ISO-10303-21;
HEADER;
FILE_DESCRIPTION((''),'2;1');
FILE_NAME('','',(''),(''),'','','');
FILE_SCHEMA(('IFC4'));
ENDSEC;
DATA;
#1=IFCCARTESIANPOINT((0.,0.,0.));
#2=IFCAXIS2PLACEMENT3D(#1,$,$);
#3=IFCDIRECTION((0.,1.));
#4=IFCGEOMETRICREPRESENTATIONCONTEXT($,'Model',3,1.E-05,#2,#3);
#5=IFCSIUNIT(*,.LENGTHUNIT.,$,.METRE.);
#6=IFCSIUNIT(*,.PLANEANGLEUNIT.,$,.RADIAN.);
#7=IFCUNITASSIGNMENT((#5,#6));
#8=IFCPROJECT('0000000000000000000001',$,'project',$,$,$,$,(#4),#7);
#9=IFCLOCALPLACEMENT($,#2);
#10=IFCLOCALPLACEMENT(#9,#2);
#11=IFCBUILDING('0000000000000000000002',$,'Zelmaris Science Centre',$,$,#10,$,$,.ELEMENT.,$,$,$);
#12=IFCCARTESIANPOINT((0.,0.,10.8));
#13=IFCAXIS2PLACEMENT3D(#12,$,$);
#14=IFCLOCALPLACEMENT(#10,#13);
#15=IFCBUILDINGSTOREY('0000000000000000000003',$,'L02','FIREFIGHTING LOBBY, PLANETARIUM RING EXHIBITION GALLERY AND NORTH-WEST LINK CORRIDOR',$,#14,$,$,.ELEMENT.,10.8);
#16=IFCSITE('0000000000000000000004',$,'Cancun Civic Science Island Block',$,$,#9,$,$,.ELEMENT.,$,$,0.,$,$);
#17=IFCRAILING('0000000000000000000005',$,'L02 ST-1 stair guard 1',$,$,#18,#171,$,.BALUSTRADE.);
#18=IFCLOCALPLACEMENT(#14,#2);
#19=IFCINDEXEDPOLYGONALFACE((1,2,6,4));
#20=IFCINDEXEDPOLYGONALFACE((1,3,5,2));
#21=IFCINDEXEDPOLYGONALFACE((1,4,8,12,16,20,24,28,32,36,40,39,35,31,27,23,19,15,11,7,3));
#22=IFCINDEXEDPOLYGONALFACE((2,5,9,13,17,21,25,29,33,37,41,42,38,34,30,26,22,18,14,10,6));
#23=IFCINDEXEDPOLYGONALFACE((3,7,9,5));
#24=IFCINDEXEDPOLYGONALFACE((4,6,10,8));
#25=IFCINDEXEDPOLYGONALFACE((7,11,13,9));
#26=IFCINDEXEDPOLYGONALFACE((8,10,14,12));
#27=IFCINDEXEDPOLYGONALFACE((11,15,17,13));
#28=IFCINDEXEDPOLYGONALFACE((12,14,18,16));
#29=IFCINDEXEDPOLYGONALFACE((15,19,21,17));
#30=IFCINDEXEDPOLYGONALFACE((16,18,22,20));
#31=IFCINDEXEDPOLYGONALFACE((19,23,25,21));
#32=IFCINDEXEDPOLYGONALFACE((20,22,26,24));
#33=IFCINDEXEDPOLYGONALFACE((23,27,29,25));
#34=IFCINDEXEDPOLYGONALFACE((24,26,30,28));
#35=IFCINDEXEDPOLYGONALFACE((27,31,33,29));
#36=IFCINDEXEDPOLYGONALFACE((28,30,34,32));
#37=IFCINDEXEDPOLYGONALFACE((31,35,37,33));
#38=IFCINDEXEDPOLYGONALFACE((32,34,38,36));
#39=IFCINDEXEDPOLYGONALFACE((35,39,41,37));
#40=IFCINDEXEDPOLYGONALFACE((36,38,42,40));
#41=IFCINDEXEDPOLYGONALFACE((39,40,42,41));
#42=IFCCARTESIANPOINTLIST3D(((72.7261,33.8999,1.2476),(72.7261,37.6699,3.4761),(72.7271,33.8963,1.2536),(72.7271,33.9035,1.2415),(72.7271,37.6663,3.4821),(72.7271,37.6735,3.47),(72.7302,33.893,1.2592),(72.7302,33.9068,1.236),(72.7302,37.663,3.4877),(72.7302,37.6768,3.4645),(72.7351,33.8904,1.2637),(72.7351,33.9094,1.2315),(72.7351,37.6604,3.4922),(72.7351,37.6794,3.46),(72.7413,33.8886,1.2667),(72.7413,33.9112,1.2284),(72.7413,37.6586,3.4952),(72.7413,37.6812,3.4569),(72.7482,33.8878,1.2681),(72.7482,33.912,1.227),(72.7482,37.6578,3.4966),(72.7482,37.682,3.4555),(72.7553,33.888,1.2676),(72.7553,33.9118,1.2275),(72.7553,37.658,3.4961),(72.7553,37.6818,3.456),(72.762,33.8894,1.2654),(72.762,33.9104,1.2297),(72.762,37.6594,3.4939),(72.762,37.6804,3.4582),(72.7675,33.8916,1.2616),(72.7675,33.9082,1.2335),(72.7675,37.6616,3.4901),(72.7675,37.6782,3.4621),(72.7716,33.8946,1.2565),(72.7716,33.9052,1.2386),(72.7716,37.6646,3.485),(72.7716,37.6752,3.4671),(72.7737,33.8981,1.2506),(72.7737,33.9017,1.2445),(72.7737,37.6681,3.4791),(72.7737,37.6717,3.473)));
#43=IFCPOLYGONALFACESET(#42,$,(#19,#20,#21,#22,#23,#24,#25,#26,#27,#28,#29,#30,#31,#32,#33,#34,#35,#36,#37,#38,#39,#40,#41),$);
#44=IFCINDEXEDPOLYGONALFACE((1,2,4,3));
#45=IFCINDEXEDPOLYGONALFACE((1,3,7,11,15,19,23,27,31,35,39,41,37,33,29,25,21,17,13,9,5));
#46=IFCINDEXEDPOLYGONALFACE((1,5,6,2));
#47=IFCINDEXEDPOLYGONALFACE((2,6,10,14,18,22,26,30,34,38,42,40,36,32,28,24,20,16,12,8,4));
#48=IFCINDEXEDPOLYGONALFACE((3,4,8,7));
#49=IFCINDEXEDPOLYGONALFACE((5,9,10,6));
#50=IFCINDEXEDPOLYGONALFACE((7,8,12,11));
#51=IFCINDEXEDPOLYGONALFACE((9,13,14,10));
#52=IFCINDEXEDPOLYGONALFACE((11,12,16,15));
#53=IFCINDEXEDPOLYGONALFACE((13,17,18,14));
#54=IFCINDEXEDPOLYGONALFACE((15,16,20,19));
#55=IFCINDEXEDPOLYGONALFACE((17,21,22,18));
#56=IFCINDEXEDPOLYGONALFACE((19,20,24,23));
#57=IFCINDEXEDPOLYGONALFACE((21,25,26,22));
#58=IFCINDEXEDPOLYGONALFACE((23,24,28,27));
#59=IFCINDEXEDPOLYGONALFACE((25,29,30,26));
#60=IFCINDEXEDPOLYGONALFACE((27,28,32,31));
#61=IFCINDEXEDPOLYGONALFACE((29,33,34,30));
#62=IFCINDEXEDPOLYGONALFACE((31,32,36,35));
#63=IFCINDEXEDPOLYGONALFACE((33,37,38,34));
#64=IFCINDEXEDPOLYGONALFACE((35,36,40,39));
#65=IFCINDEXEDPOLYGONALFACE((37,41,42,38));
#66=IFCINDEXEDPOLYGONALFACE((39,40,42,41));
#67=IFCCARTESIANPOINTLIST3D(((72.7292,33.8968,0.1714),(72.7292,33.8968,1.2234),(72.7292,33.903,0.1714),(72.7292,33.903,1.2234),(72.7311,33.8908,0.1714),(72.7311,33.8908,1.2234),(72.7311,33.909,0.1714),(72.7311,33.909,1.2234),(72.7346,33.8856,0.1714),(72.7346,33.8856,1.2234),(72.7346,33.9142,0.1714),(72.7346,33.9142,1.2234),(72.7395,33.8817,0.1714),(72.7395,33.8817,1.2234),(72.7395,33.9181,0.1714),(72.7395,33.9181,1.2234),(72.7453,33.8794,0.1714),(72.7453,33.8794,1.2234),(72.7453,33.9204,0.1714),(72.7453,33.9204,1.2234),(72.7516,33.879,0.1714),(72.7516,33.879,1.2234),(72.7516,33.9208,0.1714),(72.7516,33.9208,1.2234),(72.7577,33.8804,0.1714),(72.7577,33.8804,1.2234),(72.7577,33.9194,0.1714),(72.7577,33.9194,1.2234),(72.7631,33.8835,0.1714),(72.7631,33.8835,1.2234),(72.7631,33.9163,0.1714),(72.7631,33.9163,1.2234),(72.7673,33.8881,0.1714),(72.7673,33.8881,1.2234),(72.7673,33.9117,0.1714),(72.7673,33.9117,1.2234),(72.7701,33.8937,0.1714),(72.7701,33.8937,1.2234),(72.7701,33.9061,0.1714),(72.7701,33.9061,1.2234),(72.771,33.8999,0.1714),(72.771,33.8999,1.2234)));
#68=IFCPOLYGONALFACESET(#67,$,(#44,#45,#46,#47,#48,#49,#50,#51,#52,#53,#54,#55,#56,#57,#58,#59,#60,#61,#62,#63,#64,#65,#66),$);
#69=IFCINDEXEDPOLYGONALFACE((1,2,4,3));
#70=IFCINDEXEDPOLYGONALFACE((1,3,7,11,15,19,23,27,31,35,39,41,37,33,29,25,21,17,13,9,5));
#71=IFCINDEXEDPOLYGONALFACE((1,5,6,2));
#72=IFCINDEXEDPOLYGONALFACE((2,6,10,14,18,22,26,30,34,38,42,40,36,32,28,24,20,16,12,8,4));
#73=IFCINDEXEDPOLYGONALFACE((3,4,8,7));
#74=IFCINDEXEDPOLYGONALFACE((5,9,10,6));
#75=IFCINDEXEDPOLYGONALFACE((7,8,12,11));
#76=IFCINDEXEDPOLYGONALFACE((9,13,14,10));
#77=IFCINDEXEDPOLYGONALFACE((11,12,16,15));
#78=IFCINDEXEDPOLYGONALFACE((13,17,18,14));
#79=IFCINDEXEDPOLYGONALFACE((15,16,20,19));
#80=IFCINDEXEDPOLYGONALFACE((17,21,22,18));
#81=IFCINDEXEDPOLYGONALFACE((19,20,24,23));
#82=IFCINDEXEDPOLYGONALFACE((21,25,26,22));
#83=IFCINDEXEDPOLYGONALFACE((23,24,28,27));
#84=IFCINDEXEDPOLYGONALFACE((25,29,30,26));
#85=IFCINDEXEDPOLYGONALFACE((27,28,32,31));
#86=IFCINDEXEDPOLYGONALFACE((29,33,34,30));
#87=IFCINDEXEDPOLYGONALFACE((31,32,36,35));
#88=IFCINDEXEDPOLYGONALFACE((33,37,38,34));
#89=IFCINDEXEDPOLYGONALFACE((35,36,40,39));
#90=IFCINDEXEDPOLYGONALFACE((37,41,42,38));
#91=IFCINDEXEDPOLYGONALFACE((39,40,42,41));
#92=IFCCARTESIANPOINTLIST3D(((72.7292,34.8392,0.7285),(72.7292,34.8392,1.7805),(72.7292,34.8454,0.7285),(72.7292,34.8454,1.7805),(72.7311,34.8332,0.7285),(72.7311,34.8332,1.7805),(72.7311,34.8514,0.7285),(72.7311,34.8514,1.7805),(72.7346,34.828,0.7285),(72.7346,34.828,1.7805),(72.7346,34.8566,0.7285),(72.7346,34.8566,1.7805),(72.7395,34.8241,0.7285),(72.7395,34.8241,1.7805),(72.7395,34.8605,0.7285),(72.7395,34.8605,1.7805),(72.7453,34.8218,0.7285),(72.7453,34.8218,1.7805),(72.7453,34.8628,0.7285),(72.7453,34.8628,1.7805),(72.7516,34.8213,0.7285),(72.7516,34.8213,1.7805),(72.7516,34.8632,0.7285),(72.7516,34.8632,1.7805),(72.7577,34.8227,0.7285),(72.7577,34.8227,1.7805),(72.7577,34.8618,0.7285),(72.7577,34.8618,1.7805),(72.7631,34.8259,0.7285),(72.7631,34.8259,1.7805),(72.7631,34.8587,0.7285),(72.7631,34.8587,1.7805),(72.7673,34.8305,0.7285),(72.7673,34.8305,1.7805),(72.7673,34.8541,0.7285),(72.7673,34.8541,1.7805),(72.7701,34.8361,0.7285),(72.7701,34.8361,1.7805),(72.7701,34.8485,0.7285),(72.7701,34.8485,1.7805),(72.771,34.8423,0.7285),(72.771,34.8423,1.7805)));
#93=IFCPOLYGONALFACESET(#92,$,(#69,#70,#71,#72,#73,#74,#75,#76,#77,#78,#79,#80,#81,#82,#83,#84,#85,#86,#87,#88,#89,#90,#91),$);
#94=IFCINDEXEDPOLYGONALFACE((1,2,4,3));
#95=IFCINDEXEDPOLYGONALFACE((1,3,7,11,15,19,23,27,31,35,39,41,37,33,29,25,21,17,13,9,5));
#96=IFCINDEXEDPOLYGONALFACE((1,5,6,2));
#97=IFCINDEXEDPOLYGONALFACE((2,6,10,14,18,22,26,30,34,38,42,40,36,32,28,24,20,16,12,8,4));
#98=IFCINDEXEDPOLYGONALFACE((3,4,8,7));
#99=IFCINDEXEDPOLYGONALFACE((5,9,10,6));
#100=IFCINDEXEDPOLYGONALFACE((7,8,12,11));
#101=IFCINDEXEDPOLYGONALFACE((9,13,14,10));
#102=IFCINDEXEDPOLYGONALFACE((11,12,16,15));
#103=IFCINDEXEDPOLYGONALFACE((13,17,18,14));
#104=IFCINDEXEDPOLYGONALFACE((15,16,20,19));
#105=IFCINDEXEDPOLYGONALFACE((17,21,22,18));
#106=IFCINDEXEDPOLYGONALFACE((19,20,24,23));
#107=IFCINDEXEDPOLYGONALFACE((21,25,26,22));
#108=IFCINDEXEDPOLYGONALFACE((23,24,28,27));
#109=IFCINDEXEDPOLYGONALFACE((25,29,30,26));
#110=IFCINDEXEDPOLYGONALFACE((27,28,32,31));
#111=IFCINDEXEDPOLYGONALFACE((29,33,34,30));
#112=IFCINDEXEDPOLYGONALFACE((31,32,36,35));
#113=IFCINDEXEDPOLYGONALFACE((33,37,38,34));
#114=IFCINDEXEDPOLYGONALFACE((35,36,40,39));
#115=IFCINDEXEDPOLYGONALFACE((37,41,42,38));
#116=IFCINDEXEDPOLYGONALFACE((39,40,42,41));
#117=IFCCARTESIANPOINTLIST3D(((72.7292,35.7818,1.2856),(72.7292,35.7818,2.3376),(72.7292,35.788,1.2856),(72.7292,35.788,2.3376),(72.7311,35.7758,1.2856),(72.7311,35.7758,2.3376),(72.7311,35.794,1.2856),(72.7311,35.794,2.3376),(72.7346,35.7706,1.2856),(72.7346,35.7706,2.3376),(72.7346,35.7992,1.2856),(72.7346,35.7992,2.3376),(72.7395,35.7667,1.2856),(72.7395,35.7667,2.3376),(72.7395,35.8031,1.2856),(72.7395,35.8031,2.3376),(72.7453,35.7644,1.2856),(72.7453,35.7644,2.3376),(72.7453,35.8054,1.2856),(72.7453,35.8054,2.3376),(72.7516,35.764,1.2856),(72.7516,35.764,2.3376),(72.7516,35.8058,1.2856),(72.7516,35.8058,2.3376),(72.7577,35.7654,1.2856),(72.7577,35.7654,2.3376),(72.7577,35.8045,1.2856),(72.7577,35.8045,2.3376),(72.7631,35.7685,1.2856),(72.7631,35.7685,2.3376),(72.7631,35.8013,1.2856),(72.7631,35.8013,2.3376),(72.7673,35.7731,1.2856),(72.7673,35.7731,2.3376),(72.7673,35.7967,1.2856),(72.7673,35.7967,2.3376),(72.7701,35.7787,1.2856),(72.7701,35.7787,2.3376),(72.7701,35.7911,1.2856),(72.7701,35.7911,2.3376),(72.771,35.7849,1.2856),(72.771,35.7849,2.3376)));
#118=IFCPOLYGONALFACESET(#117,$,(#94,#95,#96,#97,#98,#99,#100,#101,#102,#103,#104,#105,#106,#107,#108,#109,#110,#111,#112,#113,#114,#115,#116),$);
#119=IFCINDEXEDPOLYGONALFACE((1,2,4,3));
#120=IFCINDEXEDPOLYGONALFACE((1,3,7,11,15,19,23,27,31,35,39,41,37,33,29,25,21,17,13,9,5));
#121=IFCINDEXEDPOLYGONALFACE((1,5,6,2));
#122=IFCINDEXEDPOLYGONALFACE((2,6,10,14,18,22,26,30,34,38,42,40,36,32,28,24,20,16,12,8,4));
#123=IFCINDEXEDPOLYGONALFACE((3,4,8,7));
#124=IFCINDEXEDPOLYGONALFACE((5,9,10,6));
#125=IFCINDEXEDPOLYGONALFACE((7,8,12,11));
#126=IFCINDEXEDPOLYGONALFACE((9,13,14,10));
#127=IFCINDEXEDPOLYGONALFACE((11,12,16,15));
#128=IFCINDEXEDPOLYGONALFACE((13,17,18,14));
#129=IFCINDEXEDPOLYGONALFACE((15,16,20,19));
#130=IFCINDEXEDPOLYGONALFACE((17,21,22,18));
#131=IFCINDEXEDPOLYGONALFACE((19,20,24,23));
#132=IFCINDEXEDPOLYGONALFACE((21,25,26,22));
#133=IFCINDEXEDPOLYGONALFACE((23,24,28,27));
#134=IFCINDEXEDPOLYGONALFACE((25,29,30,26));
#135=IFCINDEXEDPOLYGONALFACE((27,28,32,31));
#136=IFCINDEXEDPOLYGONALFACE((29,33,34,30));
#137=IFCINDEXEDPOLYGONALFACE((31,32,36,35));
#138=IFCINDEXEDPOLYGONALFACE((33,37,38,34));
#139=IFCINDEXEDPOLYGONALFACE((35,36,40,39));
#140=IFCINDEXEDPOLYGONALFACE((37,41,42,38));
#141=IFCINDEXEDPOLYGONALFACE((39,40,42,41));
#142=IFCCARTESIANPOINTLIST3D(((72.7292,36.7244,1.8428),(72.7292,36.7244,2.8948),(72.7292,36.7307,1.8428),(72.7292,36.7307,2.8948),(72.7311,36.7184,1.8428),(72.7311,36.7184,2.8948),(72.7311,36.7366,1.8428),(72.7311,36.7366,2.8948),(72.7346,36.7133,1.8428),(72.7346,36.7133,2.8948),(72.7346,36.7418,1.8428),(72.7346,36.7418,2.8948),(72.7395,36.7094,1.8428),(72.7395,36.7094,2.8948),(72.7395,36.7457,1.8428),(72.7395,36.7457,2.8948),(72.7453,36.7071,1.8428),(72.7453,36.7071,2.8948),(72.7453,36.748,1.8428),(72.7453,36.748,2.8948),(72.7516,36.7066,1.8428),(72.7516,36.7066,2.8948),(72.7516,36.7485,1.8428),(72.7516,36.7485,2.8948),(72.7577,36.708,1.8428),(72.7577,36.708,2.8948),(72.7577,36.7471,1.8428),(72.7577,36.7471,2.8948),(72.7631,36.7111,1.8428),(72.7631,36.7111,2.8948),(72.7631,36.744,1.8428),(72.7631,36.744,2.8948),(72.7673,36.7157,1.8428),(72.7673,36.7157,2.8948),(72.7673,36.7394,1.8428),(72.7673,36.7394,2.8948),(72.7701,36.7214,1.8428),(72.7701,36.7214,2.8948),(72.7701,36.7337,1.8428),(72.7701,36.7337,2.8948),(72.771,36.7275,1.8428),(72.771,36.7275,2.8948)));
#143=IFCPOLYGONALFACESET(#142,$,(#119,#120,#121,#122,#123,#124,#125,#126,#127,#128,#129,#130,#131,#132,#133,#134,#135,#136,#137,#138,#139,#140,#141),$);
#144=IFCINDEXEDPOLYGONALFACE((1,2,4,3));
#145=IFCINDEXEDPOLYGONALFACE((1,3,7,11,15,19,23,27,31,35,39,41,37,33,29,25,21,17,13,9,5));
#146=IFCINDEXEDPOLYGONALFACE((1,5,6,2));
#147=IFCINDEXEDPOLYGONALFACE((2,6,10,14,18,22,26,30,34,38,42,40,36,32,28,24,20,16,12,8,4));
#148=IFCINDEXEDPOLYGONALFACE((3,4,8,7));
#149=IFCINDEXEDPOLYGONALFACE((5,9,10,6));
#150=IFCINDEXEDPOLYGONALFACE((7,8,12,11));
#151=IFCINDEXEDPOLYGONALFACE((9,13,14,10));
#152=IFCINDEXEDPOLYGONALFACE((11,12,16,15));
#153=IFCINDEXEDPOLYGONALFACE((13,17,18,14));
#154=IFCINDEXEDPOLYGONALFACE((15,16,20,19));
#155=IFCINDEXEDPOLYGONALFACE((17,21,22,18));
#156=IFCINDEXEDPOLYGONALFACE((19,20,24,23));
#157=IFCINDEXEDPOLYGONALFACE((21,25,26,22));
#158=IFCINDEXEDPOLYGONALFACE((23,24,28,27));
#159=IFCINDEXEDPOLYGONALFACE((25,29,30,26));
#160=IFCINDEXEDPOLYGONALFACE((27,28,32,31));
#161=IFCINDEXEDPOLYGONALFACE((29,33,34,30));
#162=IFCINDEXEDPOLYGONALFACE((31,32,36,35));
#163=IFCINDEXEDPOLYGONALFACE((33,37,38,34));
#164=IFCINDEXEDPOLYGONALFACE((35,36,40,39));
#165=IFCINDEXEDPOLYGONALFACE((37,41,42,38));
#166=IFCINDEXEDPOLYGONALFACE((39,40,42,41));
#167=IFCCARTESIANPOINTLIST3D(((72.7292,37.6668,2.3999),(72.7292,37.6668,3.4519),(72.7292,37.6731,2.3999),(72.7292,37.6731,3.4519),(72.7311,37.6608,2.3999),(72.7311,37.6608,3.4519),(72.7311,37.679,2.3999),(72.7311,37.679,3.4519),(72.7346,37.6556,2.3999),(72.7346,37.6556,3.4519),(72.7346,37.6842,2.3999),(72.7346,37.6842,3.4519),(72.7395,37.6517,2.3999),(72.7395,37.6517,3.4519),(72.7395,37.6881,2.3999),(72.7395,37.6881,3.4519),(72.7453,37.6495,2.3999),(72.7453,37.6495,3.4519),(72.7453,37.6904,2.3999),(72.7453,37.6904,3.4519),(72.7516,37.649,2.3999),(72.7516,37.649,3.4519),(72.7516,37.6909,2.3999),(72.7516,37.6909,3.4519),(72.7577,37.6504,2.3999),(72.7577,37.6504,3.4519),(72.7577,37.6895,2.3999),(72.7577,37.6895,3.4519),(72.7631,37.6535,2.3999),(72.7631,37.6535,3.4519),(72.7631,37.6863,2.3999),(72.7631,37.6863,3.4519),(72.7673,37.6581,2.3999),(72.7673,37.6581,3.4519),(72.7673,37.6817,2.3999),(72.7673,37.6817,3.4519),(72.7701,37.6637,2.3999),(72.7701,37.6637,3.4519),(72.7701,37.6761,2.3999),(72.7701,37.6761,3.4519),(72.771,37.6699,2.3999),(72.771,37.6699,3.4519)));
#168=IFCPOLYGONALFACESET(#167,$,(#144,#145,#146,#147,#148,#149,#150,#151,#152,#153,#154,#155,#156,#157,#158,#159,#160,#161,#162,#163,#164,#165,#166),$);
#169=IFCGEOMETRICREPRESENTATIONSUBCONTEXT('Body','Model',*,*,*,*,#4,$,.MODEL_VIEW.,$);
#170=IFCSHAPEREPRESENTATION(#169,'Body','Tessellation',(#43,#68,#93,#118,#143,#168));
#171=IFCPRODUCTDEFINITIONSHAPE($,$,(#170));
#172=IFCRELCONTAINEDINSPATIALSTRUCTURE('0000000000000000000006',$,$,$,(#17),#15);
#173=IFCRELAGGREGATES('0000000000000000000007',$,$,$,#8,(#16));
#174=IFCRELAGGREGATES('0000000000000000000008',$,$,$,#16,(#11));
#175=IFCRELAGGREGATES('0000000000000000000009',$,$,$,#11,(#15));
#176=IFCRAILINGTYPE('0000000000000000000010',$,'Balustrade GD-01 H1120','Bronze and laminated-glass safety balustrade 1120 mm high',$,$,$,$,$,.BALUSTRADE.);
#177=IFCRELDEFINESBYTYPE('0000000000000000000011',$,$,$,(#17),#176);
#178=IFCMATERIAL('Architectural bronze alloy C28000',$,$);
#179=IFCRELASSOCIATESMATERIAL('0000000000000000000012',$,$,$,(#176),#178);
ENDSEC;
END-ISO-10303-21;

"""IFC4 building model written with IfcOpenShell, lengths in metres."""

from ifc_helpers import new_model, si_unit, direction, frame, origin, origin_2d, place, context, subcontext, project, spatial, circle, extrude, material, type_object, element, save


model = new_model("IFC4")

# Units and contexts
model_context = context("Model", 3, precision=1e-05, world=origin(), true_north=direction((0.0, 1.0)))
body_context = subcontext(model_context, "Body", "Model", "MODEL_VIEW")
ifc_project = project(units=[si_unit("LENGTHUNIT", "METRE"), si_unit("PLANEANGLEUNIT", "RADIAN")], contexts=[model_context])

# Site, building, storey
site_placement = place(None, origin())
site = spatial("IfcSite", under=ifc_project, at=site_placement, Name="Cancun Civic Science Island Block", CompositionType="ELEMENT", RefElevation=0.0)
building_placement = place(site_placement, origin())
building = spatial("IfcBuilding", under=site, at=building_placement, Name="Zelmaris Science Centre", CompositionType="ELEMENT")
storey_placement = place(building_placement, frame((0.0, 0.0, 10.8)))
storey = spatial("IfcBuildingStorey", under=building, at=storey_placement, Name="L02", Description="FIREFIGHTING LOBBY, PLANETARIUM RING EXHIBITION GALLERY AND NORTH-WEST LINK CORRIDOR", CompositionType="ELEMENT", Elevation=10.8)

# Railing
ifc_material_1 = material(Name="Architectural bronze alloy C28000")
railing_type_1 = type_object("IfcRailingType", Name="Balustrade GD-01 H1120", Description="Bronze and laminated-glass safety balustrade 1120 mm high", PredefinedType="BALUSTRADE", material=ifc_material_1)
railing_1_placement = place(storey_placement, frame((72.75, 33.8999, 0.1714)))
element("IfcRailing", 1, at=railing_1_placement, inside=storey, type_object=railing_type_1, Name="L02 ST-1 stair guard 1", PredefinedType="BALUSTRADE", context=body_context, shape_type="SweptSolid", body=[
    extrude(circle(Radius=0.0239, at=origin_2d()), frame((0.0, 0.0, 1.0762), z_axis=(0.0, 0.860849, 0.508861), x_axis=(-1.0, 0.0, 0.0)), (0.0, 0.0, 1.0), 4.3794),
    extrude(circle(Radius=0.021, at=origin_2d()), origin(), (0.0, 0.0, 1.0), 1.052),
    extrude(circle(Radius=0.021, at=origin_2d()), frame((0.0, 0.9424, 0.5571)), (0.0, 0.0, 1.0), 1.052),
    extrude(circle(Radius=0.021, at=origin_2d()), frame((0.0, 1.885, 1.1143)), (0.0, 0.0, 1.0), 1.052),
    extrude(circle(Radius=0.021, at=origin_2d()), frame((0.0, 2.8276, 1.6714)), (0.0, 0.0, 1.0), 1.052),
    extrude(circle(Radius=0.021, at=origin_2d()), frame((0.0, 3.77, 2.2285)), (0.0, 0.0, 1.0), 1.052),
])

save(model, "model.ifc")
